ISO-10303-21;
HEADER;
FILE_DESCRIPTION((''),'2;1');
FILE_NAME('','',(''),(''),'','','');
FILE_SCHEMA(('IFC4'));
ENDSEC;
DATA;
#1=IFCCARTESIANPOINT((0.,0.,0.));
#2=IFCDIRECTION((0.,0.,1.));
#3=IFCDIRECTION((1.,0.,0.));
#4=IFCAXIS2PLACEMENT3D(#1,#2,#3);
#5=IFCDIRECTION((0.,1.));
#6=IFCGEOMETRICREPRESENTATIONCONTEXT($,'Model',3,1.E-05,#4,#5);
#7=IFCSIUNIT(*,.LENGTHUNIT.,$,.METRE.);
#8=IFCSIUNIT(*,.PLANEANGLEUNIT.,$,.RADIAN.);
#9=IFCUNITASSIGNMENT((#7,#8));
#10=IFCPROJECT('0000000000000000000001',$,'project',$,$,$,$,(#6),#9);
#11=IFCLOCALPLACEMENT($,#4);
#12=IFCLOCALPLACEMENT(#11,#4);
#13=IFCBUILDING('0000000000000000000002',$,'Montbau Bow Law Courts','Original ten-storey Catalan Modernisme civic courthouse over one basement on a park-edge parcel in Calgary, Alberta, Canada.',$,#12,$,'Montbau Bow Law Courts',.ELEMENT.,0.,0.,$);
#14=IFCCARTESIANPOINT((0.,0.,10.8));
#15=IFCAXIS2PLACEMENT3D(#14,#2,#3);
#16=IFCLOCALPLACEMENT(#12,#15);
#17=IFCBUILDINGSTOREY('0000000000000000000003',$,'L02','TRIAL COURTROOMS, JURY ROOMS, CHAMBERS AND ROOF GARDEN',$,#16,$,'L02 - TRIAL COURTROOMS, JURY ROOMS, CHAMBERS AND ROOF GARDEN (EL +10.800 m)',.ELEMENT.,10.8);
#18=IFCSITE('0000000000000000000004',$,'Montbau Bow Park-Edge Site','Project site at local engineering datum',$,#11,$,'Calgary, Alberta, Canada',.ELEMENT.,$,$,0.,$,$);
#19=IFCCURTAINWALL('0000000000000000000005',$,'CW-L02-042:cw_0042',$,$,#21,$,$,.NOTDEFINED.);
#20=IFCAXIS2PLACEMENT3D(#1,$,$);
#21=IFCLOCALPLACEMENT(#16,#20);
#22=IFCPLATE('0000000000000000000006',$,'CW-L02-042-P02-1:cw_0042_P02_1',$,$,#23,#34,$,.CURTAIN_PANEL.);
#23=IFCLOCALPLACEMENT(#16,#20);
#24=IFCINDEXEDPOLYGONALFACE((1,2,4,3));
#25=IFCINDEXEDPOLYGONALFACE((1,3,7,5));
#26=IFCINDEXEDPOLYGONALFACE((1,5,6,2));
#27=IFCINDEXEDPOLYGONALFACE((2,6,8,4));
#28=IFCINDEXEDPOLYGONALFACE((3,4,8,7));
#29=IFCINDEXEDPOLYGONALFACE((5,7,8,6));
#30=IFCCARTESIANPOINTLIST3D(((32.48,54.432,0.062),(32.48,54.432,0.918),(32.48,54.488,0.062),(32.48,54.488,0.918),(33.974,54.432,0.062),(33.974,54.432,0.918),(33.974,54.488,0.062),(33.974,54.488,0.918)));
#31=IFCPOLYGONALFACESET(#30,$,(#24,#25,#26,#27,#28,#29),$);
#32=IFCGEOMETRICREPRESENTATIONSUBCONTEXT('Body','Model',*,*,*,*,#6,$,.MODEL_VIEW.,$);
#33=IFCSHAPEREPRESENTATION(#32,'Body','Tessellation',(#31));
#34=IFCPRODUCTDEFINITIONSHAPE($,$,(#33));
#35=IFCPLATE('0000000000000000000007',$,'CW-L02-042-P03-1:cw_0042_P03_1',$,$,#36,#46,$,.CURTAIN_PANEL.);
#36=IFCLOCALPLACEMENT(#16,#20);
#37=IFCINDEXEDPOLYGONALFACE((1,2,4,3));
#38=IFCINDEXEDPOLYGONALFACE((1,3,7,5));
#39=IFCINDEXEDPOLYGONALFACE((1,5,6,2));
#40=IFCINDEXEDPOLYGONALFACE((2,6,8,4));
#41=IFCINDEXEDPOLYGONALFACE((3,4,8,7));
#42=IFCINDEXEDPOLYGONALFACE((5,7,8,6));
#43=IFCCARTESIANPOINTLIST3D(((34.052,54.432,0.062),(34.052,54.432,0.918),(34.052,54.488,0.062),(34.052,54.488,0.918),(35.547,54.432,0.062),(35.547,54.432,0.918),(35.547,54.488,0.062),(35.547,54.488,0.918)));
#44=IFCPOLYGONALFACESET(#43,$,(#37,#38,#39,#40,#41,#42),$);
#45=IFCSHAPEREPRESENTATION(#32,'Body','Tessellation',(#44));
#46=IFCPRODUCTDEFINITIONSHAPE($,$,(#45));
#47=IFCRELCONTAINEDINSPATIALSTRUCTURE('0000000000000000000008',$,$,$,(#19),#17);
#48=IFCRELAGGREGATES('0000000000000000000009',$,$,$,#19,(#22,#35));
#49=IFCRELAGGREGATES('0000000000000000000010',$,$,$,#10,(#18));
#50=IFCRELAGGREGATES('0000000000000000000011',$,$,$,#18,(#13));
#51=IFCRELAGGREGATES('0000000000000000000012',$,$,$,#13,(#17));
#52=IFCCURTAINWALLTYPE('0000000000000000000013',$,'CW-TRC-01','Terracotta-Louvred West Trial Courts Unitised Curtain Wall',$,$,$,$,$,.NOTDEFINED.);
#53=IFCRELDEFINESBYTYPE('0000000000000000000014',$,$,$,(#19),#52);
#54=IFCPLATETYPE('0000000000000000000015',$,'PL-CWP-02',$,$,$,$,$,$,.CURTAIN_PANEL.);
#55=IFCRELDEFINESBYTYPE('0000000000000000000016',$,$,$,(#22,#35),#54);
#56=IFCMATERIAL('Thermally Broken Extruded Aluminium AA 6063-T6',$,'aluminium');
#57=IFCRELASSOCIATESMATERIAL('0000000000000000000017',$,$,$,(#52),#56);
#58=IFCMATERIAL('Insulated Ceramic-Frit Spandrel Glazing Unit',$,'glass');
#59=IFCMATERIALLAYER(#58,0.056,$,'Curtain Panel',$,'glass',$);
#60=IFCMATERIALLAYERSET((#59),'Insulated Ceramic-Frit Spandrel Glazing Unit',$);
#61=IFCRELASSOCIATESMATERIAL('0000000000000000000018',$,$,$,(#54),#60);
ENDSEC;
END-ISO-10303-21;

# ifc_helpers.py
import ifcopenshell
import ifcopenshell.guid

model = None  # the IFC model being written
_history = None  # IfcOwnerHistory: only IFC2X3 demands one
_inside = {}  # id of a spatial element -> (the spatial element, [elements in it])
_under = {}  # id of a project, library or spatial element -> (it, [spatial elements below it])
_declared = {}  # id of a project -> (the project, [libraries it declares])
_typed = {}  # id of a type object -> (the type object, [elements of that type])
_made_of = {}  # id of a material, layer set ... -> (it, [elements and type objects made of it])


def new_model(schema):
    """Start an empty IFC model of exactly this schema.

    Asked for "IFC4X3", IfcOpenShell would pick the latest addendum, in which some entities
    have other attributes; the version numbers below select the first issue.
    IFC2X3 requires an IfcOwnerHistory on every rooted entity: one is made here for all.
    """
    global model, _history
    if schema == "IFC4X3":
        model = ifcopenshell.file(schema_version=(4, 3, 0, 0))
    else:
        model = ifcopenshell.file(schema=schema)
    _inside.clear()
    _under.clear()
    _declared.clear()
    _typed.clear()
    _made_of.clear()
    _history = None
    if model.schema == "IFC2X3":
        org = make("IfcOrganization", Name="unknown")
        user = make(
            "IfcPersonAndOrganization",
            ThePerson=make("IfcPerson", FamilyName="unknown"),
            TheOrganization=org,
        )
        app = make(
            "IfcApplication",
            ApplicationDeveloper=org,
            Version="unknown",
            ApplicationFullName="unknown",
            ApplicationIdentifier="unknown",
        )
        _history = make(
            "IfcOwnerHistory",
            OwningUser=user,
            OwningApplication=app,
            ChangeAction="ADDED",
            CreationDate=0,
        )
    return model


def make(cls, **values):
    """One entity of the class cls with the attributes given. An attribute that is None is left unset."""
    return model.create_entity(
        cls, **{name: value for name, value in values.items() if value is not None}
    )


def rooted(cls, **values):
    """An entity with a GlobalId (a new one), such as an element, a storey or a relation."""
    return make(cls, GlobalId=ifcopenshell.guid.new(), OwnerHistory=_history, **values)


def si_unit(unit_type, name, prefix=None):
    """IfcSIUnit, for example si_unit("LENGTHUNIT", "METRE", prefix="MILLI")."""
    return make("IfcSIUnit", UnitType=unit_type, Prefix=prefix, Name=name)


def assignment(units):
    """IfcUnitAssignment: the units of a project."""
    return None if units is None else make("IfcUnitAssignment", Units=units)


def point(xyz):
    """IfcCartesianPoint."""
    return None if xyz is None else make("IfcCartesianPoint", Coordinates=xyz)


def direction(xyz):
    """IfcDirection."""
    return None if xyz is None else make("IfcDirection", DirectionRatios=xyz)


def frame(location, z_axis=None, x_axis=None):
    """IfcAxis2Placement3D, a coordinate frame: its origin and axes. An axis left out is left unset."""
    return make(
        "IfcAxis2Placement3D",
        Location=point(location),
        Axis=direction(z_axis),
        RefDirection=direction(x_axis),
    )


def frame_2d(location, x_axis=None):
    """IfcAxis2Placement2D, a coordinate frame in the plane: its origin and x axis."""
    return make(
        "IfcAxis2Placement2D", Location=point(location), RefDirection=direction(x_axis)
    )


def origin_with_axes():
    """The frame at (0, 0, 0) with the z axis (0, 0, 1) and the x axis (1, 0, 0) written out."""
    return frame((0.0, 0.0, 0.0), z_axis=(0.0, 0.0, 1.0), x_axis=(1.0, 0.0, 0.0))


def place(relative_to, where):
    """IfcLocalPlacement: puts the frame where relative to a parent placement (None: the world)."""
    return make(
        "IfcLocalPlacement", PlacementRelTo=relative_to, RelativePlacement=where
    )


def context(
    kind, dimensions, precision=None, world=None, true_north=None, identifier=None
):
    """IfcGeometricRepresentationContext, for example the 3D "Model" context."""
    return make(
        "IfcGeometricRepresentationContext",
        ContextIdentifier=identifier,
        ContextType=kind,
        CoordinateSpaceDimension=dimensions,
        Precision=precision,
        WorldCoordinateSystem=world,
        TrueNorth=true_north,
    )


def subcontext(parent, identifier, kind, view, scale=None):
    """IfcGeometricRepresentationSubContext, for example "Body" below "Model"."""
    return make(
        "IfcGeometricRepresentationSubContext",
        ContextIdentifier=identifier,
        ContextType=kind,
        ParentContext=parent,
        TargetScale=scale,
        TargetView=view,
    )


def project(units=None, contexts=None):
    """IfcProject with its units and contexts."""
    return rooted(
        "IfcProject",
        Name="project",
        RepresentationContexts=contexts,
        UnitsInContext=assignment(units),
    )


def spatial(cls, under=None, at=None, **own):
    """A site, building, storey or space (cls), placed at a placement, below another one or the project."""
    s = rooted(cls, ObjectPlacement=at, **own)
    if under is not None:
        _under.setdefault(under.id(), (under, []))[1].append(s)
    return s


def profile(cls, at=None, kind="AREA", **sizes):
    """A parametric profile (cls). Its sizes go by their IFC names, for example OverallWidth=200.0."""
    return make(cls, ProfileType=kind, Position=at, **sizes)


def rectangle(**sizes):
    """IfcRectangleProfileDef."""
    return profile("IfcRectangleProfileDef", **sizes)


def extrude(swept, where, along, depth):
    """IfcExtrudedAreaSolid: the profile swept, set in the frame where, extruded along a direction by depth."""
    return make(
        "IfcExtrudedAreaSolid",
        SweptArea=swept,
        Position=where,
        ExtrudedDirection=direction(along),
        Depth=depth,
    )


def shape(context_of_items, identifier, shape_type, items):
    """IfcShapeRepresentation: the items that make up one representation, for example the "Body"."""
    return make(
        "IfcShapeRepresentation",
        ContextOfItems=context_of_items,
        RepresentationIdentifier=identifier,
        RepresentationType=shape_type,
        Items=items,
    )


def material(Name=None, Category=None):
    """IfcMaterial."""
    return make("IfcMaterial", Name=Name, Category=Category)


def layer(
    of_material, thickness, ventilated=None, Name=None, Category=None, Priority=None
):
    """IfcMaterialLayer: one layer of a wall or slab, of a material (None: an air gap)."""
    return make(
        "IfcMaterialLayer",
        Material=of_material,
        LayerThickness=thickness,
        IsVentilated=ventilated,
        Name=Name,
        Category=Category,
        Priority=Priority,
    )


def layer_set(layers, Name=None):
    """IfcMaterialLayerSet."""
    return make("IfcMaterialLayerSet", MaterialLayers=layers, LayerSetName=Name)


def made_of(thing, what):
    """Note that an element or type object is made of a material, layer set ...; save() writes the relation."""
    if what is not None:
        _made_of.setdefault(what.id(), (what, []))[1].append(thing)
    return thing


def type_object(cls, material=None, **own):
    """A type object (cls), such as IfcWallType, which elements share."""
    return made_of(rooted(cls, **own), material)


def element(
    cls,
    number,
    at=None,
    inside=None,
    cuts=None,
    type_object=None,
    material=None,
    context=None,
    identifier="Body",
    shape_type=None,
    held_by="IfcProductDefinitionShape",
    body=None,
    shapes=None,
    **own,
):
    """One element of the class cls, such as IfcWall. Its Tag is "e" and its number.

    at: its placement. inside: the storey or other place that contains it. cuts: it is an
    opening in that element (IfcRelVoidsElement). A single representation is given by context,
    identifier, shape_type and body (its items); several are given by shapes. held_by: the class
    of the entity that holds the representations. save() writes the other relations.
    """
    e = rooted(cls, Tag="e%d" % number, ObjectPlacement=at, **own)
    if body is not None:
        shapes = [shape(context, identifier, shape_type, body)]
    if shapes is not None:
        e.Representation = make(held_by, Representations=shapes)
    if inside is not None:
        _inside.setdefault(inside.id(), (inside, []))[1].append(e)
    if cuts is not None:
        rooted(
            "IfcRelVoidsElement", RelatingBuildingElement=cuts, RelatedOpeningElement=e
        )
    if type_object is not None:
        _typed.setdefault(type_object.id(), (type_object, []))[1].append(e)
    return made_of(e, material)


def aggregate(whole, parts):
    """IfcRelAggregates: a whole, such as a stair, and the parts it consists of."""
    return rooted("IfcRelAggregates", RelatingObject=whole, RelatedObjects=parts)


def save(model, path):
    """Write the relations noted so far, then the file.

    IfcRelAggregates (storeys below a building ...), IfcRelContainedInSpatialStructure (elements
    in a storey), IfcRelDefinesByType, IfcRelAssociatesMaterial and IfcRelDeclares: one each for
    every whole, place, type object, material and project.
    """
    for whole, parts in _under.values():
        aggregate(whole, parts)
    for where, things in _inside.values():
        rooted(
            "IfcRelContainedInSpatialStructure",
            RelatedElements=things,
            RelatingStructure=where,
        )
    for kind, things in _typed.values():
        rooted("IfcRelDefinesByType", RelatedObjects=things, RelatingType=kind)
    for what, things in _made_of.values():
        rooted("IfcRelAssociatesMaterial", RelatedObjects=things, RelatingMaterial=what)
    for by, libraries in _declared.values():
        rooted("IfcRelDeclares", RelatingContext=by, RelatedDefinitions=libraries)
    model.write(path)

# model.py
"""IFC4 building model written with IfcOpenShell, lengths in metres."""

from ifc_helpers import new_model, si_unit, direction, frame, frame_2d, origin_with_axes, place, context, subcontext, project, spatial, rectangle, extrude, material, layer, layer_set, type_object, element, aggregate, save


model = new_model("IFC4")

# Units and contexts
model_context = context("Model", 3, precision=1e-05, world=origin_with_axes(), true_north=direction((0.0, 1.0)))
body_context = subcontext(model_context, "Body", "Model", "MODEL_VIEW")
ifc_project = project(units=[si_unit("LENGTHUNIT", "METRE"), si_unit("PLANEANGLEUNIT", "RADIAN")], contexts=[model_context])

# Site, building, storey
site_placement = place(None, origin_with_axes())
site = spatial("IfcSite", under=ifc_project, at=site_placement, Name="Montbau Bow Park-Edge Site", Description="Project site at local engineering datum", LongName="Calgary, Alberta, Canada", CompositionType="ELEMENT", RefElevation=0.0)
building_placement = place(site_placement, origin_with_axes())
building = spatial("IfcBuilding", under=site, at=building_placement, Name="Montbau Bow Law Courts", Description="Original ten-storey Catalan Modernisme civic courthouse over one basement on a park-edge parcel in Calgary, Alberta, Canada.", LongName="Montbau Bow Law Courts", CompositionType="ELEMENT", ElevationOfRefHeight=0.0, ElevationOfTerrain=0.0)
storey_placement = place(building_placement, frame((0.0, 0.0, 10.8), z_axis=(0.0, 0.0, 1.0), x_axis=(1.0, 0.0, 0.0)))
storey = spatial("IfcBuildingStorey", under=building, at=storey_placement, Name="L02", Description="TRIAL COURTROOMS, JURY ROOMS, CHAMBERS AND ROOF GARDEN", LongName="L02 - TRIAL COURTROOMS, JURY ROOMS, CHAMBERS AND ROOF GARDEN (EL +10.800 m)", CompositionType="ELEMENT", Elevation=10.8)

# Curtain wall
ifc_material_1 = material(Name="Thermally Broken Extruded Aluminium AA 6063-T6", Category="aluminium")
curtain_wall_type = type_object("IfcCurtainWallType", Name="CW-TRC-01", Description="Terracotta-Louvred West Trial Courts Unitised Curtain Wall", PredefinedType="NOTDEFINED", material=ifc_material_1)
curtain_wall_1_placement = place(None, frame((30.867, 54.46, 10.8), z_axis=(0.0, 0.0, 1.0), x_axis=(1.0, 0.0, 0.0)))
curtain_wall_1 = element("IfcCurtainWall", 1, at=curtain_wall_1_placement, inside=storey, type_object=curtain_wall_type, Name="CW-L02-042:cw_0042", PredefinedType="NOTDEFINED")

# Plates
ifc_material_2 = material(Name="Insulated Ceramic-Frit Spandrel Glazing Unit", Category="glass")
ifc_layer_1 = layer(ifc_material_2, 0.056, Name="Curtain Panel", Category="glass")
ifc_layer_set_1 = layer_set([ifc_layer_1], Name="Insulated Ceramic-Frit Spandrel Glazing Unit")
plate_type_1 = type_object("IfcPlateType", Name="PL-CWP-02", PredefinedType="CURTAIN_PANEL", material=ifc_layer_set_1)
plate_1_placement = place(None, frame((32.48, 54.46, 10.862), z_axis=(0.0, -1.0, 0.0), x_axis=(1.0, 0.0, 0.0)))
plate_1 = element("IfcPlate", 2, at=plate_1_placement, type_object=plate_type_1, Name="CW-L02-042-P02-1:cw_0042_P02_1", PredefinedType="CURTAIN_PANEL", context=body_context, shape_type="SweptSolid", body=[
    extrude(rectangle(XDim=1.494, YDim=0.856, at=frame_2d((0.747, 0.428), x_axis=(1.0, 0.0))), frame((0.0, 0.0, -0.028), z_axis=(0.0, 0.0, 1.0), x_axis=(1.0, 0.0, 0.0)), (0.0, 0.0, 1.0), 0.056),
])
plate_2_placement = place(None, frame((34.052, 54.46, 10.862), z_axis=(0.0, -1.0, 0.0), x_axis=(1.0, 0.0, 0.0)))
plate_2 = element("IfcPlate", 3, at=plate_2_placement, type_object=plate_type_1, Name="CW-L02-042-P03-1:cw_0042_P03_1", PredefinedType="CURTAIN_PANEL", context=body_context, shape_type="SweptSolid", body=[
    extrude(rectangle(XDim=1.495, YDim=0.856, at=frame_2d((0.7475, 0.428), x_axis=(1.0, 0.0))), frame((0.0, 0.0, -0.028), z_axis=(0.0, 0.0, 1.0), x_axis=(1.0, 0.0, 0.0)), (0.0, 0.0, 1.0), 0.056),
])
aggregate(curtain_wall_1, [plate_1, plate_2])

save(model, "model.ifc")
